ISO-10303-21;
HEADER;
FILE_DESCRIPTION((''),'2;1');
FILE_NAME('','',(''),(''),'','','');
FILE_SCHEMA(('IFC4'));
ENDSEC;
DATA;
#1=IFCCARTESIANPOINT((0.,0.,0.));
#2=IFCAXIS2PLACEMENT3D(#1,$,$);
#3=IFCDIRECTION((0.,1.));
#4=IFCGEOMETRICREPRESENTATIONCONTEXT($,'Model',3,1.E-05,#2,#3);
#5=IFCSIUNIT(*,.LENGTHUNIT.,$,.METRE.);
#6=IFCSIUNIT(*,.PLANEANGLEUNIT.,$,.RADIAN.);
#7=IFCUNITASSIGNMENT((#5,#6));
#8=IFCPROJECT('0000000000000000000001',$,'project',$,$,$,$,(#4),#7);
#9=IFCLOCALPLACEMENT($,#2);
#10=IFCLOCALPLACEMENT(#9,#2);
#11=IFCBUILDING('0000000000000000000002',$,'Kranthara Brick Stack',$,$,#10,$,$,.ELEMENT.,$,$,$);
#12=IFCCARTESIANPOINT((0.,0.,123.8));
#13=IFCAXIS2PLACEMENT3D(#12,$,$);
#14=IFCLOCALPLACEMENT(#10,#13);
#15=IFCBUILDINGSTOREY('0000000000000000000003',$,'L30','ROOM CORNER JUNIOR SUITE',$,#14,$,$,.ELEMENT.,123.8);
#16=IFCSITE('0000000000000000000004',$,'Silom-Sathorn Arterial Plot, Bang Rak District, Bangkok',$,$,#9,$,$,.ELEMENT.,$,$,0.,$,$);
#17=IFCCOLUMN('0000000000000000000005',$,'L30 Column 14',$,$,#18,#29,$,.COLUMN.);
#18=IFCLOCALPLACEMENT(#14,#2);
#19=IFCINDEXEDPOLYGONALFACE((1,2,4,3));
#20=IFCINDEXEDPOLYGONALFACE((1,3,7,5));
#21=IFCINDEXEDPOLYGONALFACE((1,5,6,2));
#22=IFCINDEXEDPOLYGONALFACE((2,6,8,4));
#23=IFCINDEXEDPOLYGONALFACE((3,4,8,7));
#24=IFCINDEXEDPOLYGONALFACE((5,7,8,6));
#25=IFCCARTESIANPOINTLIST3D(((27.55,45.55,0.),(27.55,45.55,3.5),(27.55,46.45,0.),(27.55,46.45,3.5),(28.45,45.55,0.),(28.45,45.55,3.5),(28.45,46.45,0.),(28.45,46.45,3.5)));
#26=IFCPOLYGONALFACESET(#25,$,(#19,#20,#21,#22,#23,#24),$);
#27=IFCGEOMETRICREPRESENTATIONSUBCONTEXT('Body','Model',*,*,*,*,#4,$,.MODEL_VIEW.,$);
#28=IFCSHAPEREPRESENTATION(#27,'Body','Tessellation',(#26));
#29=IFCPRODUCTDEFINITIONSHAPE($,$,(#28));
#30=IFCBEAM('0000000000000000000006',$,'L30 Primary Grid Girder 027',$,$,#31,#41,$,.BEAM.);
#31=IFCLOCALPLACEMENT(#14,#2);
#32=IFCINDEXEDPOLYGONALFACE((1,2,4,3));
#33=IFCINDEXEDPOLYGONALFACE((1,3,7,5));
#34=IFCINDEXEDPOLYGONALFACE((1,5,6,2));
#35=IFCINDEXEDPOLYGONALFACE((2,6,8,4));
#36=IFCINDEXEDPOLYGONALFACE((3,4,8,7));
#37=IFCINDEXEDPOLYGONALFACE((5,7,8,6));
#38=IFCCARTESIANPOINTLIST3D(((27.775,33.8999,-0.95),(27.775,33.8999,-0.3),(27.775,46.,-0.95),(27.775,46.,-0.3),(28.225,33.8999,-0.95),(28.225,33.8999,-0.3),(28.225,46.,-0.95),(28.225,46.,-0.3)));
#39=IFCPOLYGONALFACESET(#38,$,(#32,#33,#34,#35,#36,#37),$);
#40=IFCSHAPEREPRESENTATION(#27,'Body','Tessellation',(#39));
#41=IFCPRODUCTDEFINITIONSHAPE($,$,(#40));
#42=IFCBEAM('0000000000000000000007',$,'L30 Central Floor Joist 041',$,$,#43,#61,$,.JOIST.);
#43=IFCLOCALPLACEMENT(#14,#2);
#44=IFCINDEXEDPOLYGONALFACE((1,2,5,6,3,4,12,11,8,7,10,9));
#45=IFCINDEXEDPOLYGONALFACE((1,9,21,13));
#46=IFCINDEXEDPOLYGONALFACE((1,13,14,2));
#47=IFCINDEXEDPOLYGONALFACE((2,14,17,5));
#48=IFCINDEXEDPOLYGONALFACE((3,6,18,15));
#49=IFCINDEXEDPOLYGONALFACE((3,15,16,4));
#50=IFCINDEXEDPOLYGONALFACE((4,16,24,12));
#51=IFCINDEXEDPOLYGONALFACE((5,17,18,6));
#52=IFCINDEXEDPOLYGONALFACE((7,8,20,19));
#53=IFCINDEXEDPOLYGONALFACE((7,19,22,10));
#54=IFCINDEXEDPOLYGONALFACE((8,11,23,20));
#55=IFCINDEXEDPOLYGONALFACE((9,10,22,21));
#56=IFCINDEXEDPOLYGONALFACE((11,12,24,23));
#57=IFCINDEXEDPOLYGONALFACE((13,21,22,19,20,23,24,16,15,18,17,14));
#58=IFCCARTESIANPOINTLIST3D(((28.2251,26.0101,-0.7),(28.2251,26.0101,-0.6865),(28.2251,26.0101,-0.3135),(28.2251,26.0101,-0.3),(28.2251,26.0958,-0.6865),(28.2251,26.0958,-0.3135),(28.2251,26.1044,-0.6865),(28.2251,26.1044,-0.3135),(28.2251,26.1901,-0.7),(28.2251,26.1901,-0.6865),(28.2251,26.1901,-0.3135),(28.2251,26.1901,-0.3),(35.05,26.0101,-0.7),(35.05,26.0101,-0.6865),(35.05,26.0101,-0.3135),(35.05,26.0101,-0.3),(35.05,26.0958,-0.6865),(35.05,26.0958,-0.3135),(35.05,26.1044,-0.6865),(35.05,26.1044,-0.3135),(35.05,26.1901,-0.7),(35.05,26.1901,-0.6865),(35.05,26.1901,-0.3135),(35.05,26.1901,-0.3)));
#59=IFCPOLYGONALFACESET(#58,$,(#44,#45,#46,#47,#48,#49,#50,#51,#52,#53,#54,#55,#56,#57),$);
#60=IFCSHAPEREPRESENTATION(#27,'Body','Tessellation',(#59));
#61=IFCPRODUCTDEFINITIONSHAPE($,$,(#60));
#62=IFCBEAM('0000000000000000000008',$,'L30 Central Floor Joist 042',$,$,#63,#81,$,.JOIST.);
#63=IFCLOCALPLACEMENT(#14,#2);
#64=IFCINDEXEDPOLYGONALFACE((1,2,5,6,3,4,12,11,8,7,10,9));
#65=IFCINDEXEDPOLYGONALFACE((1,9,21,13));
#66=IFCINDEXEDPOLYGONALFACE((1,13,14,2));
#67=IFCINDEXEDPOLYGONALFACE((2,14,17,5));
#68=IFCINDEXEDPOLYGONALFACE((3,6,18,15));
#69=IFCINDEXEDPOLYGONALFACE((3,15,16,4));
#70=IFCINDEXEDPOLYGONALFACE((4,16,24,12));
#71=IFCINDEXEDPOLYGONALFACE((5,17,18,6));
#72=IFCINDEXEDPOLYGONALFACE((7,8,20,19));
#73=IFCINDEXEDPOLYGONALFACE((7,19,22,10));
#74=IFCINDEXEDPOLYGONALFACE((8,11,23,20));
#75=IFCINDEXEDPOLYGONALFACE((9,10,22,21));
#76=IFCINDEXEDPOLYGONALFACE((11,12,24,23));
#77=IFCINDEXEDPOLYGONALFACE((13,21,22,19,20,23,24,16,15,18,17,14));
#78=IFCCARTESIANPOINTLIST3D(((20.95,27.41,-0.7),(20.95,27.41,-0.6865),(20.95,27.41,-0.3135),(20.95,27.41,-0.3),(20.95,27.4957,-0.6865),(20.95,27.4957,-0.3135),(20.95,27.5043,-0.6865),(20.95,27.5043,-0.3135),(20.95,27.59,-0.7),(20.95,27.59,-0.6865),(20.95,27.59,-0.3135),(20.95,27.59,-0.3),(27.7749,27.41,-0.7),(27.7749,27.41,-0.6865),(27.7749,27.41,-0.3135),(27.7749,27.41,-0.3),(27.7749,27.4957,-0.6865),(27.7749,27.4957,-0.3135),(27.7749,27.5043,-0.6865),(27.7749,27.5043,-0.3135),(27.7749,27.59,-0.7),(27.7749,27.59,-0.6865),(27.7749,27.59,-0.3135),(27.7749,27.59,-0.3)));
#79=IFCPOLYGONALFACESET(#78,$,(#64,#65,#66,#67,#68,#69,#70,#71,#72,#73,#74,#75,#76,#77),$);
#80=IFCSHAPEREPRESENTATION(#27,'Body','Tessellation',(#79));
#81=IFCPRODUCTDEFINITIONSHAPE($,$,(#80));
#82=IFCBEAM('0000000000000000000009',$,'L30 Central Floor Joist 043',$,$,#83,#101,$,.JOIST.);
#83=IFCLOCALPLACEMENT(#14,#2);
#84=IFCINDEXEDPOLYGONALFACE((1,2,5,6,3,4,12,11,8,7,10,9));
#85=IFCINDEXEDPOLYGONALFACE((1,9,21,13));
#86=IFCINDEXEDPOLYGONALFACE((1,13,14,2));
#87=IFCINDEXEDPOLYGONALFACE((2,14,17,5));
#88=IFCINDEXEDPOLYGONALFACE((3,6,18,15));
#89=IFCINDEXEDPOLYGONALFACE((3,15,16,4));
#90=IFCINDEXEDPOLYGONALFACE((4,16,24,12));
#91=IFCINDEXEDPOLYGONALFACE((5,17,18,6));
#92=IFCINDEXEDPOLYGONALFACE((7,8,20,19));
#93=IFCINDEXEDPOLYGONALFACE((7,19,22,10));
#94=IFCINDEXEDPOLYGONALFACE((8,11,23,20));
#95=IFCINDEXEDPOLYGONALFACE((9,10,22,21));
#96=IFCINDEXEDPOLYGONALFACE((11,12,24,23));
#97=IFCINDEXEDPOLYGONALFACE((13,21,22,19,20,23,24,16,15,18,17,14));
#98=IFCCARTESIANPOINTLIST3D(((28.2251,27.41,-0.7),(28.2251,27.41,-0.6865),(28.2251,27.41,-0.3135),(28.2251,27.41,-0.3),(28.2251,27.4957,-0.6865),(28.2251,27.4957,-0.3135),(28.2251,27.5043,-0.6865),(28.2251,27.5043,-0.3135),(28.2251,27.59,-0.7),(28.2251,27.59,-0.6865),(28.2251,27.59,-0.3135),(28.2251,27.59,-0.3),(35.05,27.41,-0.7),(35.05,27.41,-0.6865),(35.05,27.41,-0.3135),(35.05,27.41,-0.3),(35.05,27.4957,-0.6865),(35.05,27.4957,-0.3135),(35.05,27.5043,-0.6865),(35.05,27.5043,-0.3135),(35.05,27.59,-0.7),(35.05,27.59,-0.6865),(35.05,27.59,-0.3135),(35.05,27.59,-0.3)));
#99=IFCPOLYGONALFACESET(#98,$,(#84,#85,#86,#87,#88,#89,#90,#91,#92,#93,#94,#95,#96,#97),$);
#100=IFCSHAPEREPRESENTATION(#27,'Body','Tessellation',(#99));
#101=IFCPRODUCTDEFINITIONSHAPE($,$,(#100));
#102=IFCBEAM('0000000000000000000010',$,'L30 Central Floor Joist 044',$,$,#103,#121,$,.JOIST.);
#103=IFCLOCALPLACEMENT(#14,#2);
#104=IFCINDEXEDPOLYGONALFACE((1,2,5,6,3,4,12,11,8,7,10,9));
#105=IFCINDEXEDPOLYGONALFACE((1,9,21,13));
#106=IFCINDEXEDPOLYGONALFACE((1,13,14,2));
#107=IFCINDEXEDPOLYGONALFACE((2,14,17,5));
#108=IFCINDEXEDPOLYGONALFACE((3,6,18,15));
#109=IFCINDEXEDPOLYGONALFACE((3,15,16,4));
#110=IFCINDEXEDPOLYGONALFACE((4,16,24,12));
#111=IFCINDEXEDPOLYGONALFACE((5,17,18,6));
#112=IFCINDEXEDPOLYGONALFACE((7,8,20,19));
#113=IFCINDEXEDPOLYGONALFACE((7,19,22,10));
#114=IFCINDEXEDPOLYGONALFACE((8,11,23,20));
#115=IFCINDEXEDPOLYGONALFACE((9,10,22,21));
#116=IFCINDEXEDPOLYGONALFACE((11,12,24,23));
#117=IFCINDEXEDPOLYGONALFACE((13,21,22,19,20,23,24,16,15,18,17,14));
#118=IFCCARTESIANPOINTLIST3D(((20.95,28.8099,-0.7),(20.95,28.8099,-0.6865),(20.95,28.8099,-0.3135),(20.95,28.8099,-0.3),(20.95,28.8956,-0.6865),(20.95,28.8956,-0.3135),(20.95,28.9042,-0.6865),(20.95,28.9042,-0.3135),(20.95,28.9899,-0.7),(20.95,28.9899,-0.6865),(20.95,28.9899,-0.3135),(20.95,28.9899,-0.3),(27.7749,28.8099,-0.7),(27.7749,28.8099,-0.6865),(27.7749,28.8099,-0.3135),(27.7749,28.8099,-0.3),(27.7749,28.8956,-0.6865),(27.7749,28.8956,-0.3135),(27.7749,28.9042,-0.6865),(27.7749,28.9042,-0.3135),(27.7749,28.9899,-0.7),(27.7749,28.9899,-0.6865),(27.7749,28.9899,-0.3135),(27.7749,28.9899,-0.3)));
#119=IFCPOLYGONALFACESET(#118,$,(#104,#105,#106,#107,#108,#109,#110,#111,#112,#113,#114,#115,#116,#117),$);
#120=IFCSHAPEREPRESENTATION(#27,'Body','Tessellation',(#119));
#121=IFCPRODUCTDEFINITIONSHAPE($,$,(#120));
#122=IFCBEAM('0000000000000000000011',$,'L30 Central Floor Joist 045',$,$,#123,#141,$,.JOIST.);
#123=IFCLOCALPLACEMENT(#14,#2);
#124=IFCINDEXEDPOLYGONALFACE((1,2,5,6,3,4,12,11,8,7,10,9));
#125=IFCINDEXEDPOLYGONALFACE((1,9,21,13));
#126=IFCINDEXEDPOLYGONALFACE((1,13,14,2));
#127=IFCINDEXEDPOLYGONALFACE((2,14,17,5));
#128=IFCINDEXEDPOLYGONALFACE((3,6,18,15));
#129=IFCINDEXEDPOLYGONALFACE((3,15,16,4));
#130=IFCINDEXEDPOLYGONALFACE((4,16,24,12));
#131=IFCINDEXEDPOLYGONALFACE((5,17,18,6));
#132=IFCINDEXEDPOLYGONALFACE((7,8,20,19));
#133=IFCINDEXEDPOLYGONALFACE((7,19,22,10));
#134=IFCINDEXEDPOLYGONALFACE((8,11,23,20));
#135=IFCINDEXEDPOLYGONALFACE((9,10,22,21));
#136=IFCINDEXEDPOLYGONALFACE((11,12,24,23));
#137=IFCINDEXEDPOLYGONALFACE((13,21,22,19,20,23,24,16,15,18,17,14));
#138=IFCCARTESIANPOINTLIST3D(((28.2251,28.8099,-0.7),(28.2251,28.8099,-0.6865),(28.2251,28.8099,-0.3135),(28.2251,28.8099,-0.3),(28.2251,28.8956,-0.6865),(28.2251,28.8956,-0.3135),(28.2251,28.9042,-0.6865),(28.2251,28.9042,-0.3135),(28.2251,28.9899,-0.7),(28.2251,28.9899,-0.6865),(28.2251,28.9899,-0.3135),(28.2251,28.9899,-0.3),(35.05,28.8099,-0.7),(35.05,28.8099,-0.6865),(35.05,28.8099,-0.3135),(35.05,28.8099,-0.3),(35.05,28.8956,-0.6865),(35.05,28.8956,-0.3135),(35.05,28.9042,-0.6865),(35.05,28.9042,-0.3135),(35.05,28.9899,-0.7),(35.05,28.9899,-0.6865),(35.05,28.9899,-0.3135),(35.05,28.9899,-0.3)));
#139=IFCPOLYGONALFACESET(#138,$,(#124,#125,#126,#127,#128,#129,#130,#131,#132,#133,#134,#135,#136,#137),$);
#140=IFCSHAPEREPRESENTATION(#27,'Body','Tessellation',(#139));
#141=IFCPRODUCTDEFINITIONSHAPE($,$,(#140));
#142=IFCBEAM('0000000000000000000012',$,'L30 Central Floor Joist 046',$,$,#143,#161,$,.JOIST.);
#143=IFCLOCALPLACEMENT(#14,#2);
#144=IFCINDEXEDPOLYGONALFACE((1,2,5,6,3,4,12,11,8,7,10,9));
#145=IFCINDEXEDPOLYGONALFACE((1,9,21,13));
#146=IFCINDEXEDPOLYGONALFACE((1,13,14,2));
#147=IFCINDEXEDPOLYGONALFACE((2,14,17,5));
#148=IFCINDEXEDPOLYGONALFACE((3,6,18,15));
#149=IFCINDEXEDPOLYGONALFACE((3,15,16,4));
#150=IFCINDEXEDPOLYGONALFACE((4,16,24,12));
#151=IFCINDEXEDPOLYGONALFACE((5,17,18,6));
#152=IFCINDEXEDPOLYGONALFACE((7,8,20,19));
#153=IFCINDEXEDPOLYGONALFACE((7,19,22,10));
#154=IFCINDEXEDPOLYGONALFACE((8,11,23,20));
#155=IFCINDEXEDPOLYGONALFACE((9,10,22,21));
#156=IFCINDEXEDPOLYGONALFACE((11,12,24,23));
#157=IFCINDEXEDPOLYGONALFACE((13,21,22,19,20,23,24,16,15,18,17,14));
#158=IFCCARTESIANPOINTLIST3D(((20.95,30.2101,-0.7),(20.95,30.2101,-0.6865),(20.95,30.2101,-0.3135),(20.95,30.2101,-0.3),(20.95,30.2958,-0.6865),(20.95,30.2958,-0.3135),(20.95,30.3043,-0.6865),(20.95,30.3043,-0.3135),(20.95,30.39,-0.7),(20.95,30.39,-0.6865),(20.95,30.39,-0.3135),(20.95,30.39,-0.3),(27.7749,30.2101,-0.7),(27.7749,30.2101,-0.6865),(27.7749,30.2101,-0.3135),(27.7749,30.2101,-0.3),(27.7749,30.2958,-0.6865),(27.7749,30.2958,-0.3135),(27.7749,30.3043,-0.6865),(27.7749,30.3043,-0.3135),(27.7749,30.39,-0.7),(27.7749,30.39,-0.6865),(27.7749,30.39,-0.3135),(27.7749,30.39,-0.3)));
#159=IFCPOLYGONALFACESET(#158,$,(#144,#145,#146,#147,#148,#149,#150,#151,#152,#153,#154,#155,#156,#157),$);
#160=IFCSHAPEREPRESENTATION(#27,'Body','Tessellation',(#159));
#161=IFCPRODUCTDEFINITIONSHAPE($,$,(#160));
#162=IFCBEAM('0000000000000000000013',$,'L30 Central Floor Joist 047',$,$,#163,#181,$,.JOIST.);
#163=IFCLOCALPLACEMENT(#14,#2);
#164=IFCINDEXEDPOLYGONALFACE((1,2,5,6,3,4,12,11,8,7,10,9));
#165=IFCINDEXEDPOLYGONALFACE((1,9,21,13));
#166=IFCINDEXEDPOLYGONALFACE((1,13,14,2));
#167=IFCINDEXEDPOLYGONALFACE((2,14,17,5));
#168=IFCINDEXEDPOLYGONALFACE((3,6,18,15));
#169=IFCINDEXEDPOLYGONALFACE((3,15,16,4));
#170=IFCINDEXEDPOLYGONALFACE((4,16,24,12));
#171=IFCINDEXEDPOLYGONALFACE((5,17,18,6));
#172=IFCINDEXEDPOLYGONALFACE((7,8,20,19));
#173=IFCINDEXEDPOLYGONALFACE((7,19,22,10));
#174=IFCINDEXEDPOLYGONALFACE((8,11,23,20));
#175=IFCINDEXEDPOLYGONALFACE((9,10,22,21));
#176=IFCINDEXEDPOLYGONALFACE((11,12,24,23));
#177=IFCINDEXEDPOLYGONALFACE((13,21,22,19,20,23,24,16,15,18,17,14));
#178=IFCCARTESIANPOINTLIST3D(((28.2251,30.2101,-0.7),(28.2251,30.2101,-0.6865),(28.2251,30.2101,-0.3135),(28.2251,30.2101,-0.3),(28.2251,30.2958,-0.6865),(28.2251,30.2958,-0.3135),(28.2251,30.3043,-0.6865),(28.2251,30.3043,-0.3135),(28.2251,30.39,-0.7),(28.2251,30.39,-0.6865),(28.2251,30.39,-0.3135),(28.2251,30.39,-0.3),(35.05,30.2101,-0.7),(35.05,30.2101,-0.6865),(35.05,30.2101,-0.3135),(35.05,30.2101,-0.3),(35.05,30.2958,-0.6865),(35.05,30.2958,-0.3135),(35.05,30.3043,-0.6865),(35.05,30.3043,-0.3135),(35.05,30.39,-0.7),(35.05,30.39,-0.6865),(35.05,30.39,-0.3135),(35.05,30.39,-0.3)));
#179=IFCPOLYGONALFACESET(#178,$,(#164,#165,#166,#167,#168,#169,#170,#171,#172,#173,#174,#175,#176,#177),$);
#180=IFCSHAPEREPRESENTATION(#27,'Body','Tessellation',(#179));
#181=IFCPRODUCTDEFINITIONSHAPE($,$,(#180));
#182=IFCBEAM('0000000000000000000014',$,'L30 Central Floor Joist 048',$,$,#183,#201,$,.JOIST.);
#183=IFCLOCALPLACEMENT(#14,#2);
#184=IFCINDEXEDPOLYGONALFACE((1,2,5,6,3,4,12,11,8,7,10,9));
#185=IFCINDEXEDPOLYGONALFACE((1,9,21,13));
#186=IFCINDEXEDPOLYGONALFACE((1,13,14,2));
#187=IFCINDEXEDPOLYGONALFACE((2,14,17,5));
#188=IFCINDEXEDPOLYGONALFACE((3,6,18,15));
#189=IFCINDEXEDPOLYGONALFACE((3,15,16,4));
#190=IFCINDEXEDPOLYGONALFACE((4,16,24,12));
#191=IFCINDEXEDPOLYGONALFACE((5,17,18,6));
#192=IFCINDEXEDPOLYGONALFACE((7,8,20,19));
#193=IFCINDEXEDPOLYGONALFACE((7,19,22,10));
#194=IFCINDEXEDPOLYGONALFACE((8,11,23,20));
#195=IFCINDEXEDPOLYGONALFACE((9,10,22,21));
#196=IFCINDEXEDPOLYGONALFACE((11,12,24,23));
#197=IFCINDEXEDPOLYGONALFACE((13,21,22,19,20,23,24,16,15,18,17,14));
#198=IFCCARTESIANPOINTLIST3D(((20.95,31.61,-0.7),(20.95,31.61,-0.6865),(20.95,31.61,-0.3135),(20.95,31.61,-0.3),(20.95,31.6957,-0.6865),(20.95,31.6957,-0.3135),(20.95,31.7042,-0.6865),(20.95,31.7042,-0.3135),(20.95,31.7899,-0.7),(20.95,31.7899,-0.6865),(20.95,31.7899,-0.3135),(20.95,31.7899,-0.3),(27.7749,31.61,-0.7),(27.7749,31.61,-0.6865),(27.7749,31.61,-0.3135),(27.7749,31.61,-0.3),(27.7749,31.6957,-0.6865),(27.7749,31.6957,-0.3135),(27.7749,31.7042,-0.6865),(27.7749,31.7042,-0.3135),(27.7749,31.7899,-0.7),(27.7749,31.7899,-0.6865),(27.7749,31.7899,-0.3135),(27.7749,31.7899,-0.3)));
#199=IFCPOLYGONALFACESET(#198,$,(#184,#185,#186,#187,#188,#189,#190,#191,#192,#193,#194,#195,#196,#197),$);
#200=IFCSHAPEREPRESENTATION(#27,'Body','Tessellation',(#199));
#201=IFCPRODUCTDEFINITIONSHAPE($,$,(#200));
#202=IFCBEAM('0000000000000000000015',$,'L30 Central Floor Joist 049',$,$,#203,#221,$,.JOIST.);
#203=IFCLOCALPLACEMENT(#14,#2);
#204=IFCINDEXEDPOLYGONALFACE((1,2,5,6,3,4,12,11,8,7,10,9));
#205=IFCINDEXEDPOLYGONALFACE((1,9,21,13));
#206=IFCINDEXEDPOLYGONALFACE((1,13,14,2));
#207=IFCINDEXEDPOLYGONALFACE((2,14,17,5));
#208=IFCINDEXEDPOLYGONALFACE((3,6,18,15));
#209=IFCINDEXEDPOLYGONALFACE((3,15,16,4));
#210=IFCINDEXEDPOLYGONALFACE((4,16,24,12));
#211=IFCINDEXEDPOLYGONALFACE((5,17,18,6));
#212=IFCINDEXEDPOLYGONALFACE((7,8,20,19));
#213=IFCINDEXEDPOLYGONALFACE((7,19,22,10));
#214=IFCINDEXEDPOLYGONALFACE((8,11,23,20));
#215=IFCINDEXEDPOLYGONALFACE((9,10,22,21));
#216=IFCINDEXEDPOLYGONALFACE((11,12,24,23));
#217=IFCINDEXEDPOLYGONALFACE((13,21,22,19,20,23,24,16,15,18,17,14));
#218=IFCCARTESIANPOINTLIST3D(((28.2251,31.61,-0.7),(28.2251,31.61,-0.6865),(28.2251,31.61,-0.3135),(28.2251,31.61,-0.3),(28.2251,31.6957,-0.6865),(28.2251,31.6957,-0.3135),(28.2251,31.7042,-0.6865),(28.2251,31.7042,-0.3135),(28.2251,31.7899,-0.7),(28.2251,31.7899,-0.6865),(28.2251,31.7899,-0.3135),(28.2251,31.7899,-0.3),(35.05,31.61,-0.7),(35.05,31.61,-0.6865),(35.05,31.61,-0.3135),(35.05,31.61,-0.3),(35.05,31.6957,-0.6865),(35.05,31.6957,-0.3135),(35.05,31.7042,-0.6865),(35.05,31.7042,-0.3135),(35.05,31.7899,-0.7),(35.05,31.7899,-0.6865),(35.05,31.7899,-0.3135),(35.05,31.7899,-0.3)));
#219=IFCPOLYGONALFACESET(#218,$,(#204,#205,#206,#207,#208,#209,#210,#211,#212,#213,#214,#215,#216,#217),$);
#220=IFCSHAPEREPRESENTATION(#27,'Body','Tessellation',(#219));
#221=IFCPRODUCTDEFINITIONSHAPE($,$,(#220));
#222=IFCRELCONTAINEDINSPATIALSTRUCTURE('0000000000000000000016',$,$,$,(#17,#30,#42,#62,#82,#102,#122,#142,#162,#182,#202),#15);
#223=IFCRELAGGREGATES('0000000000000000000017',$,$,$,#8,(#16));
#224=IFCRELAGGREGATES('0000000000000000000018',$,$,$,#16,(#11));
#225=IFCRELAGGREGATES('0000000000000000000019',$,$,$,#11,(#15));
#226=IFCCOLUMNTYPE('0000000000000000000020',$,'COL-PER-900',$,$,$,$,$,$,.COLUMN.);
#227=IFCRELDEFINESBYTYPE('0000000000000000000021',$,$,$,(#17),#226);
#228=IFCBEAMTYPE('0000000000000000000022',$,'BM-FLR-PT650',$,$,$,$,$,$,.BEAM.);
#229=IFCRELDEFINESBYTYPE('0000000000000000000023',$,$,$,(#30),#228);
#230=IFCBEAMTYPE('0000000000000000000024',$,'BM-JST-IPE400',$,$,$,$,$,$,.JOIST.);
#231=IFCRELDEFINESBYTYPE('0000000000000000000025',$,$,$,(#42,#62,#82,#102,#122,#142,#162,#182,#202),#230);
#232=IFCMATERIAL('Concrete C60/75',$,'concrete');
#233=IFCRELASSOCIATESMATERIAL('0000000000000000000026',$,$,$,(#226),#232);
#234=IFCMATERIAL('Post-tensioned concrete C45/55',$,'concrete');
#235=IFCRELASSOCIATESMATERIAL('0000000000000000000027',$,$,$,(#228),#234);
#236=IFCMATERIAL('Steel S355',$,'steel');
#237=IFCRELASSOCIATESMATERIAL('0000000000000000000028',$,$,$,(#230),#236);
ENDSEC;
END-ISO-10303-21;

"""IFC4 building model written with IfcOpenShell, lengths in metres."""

from ifc_helpers import new_model, si_unit, direction, frame, origin, origin_2d, place, context, subcontext, project, spatial, rectangle, i_section, extrude, material, material_profile, profile_set, type_object, element, save


model = new_model("IFC4")

# Units and contexts
model_context = context("Model", 3, precision=1e-05, world=origin(), true_north=direction((0.0, 1.0)))
body_context = subcontext(model_context, "Body", "Model", "MODEL_VIEW")
ifc_project = project(units=[si_unit("LENGTHUNIT", "METRE"), si_unit("PLANEANGLEUNIT", "RADIAN")], contexts=[model_context])

# Site, building, storey
site_placement = place(None, origin())
site = spatial("IfcSite", under=ifc_project, at=site_placement, Name="Silom-Sathorn Arterial Plot, Bang Rak District, Bangkok", CompositionType="ELEMENT", RefElevation=0.0)
building_placement = place(site_placement, origin())
building = spatial("IfcBuilding", under=site, at=building_placement, Name="Kranthara Brick Stack", CompositionType="ELEMENT")
storey_placement = place(building_placement, frame((0.0, 0.0, 123.8)))
storey = spatial("IfcBuildingStorey", under=building, at=storey_placement, Name="L30", Description="ROOM CORNER JUNIOR SUITE", CompositionType="ELEMENT", Elevation=123.8)

# Column
ifc_material_1 = material(Name="Concrete C60/75", Category="concrete")
ifc_material_profile_1 = material_profile(ifc_material_1, rectangle(XDim=0.8999, YDim=0.8999, at=origin_2d()), Name="RC 900x900")
ifc_profile_set_1 = profile_set([ifc_material_profile_1], Name="Concrete C60/75")
column_type = type_object("IfcColumnType", Name="COL-PER-900", PredefinedType="COLUMN", material=ifc_profile_set_1)
column_placement = place(storey_placement, frame((28.0, 46.0, 0.0), z_axis=(0.0, 0.0, 1.0), x_axis=(1.0, 0.0, 0.0)))
element("IfcColumn", 1, at=column_placement, inside=storey, type_object=column_type, Name="L30 Column 14", PredefinedType="COLUMN", context=body_context, shape_type="SweptSolid", body=[
    extrude(rectangle(XDim=0.8999, YDim=0.8999, at=origin_2d()), origin(), (0.0, 0.0, 1.0), 3.5),
])

# Beams
ifc_material_2 = material(Name="Post-tensioned concrete C45/55", Category="concrete")
ifc_material_profile_2 = material_profile(ifc_material_2, rectangle(XDim=0.45, YDim=0.6499, at=origin_2d()), Name="PT 450x650")
ifc_profile_set_2 = profile_set([ifc_material_profile_2], Name="Post-tensioned concrete C45/55")
beam_type_1 = type_object("IfcBeamType", Name="BM-FLR-PT650", PredefinedType="BEAM", material=ifc_profile_set_2)
beam_1_placement = place(storey_placement, frame((28.0, 33.8999, -0.625), z_axis=(0.0, 1.0, 0.0), x_axis=(-1.0, 0.0, 0.0)))
element("IfcBeam", 2, at=beam_1_placement, inside=storey, type_object=beam_type_1, Name="L30 Primary Grid Girder 027", PredefinedType="BEAM", context=body_context, shape_type="SweptSolid", body=[
    extrude(rectangle(XDim=0.45, YDim=0.6499, at=origin_2d()), origin(), (0.0, 0.0, 1.0), 12.1001),
])
ifc_material_3 = material(Name="Steel S355", Category="steel")
ifc_material_profile_3 = material_profile(ifc_material_3, i_section(OverallWidth=0.1799, OverallDepth=0.3999, WebThickness=0.0085, FlangeThickness=0.0134, at=origin_2d()), Name="IPE 400")
ifc_profile_set_3 = profile_set([ifc_material_profile_3], Name="Steel S355")
beam_type_2 = type_object("IfcBeamType", Name="BM-JST-IPE400", PredefinedType="JOIST", material=ifc_profile_set_3)
for number, where, z_axis, x_axis, name in (
    (3, (28.2251, 26.1001, -0.5), (1.0, 0.0, 0.0), (0.0, 1.0, 0.0), "L30 Central Floor Joist 041"),
    (4, (20.95, 27.5, -0.5), (1.0, 0.0, 0.0), (0.0, 1.0, 0.0), "L30 Central Floor Joist 042"),
    (5, (28.2251, 27.5, -0.5), (1.0, 0.0, 0.0), (0.0, 1.0, 0.0), "L30 Central Floor Joist 043"),
    (6, (20.95, 28.8999, -0.5), (1.0, 0.0, 0.0), (0.0, 1.0, 0.0), "L30 Central Floor Joist 044"),
    (7, (28.2251, 28.8999, -0.5), (1.0, 0.0, 0.0), (0.0, 1.0, 0.0), "L30 Central Floor Joist 045"),
    (8, (20.95, 30.3, -0.5), (1.0, 0.0, 0.0), (0.0, 1.0, 0.0), "L30 Central Floor Joist 046"),
    (9, (28.2251, 30.3, -0.5), (1.0, 0.0, 0.0), (0.0, 1.0, 0.0), "L30 Central Floor Joist 047"),
    (10, (20.95, 31.7, -0.5), (1.0, 0.0, 0.0), (0.0, 1.0, 0.0), "L30 Central Floor Joist 048"),
    (11, (28.2251, 31.7, -0.5), (1.0, 0.0, 0.0), (0.0, 1.0, 0.0), "L30 Central Floor Joist 049"),
):
    element("IfcBeam", number, at=place(storey_placement, frame(where, z_axis=z_axis, x_axis=x_axis)), inside=storey, type_object=beam_type_2, Name=name, PredefinedType="JOIST", context=body_context, shape_type="SweptSolid", body=[
        extrude(i_section(OverallWidth=0.1799, OverallDepth=0.3999, WebThickness=0.0085, FlangeThickness=0.0134, at=origin_2d()), origin(), (0.0, 0.0, 1.0), 6.825),
    ])

save(model, "model.ifc")
